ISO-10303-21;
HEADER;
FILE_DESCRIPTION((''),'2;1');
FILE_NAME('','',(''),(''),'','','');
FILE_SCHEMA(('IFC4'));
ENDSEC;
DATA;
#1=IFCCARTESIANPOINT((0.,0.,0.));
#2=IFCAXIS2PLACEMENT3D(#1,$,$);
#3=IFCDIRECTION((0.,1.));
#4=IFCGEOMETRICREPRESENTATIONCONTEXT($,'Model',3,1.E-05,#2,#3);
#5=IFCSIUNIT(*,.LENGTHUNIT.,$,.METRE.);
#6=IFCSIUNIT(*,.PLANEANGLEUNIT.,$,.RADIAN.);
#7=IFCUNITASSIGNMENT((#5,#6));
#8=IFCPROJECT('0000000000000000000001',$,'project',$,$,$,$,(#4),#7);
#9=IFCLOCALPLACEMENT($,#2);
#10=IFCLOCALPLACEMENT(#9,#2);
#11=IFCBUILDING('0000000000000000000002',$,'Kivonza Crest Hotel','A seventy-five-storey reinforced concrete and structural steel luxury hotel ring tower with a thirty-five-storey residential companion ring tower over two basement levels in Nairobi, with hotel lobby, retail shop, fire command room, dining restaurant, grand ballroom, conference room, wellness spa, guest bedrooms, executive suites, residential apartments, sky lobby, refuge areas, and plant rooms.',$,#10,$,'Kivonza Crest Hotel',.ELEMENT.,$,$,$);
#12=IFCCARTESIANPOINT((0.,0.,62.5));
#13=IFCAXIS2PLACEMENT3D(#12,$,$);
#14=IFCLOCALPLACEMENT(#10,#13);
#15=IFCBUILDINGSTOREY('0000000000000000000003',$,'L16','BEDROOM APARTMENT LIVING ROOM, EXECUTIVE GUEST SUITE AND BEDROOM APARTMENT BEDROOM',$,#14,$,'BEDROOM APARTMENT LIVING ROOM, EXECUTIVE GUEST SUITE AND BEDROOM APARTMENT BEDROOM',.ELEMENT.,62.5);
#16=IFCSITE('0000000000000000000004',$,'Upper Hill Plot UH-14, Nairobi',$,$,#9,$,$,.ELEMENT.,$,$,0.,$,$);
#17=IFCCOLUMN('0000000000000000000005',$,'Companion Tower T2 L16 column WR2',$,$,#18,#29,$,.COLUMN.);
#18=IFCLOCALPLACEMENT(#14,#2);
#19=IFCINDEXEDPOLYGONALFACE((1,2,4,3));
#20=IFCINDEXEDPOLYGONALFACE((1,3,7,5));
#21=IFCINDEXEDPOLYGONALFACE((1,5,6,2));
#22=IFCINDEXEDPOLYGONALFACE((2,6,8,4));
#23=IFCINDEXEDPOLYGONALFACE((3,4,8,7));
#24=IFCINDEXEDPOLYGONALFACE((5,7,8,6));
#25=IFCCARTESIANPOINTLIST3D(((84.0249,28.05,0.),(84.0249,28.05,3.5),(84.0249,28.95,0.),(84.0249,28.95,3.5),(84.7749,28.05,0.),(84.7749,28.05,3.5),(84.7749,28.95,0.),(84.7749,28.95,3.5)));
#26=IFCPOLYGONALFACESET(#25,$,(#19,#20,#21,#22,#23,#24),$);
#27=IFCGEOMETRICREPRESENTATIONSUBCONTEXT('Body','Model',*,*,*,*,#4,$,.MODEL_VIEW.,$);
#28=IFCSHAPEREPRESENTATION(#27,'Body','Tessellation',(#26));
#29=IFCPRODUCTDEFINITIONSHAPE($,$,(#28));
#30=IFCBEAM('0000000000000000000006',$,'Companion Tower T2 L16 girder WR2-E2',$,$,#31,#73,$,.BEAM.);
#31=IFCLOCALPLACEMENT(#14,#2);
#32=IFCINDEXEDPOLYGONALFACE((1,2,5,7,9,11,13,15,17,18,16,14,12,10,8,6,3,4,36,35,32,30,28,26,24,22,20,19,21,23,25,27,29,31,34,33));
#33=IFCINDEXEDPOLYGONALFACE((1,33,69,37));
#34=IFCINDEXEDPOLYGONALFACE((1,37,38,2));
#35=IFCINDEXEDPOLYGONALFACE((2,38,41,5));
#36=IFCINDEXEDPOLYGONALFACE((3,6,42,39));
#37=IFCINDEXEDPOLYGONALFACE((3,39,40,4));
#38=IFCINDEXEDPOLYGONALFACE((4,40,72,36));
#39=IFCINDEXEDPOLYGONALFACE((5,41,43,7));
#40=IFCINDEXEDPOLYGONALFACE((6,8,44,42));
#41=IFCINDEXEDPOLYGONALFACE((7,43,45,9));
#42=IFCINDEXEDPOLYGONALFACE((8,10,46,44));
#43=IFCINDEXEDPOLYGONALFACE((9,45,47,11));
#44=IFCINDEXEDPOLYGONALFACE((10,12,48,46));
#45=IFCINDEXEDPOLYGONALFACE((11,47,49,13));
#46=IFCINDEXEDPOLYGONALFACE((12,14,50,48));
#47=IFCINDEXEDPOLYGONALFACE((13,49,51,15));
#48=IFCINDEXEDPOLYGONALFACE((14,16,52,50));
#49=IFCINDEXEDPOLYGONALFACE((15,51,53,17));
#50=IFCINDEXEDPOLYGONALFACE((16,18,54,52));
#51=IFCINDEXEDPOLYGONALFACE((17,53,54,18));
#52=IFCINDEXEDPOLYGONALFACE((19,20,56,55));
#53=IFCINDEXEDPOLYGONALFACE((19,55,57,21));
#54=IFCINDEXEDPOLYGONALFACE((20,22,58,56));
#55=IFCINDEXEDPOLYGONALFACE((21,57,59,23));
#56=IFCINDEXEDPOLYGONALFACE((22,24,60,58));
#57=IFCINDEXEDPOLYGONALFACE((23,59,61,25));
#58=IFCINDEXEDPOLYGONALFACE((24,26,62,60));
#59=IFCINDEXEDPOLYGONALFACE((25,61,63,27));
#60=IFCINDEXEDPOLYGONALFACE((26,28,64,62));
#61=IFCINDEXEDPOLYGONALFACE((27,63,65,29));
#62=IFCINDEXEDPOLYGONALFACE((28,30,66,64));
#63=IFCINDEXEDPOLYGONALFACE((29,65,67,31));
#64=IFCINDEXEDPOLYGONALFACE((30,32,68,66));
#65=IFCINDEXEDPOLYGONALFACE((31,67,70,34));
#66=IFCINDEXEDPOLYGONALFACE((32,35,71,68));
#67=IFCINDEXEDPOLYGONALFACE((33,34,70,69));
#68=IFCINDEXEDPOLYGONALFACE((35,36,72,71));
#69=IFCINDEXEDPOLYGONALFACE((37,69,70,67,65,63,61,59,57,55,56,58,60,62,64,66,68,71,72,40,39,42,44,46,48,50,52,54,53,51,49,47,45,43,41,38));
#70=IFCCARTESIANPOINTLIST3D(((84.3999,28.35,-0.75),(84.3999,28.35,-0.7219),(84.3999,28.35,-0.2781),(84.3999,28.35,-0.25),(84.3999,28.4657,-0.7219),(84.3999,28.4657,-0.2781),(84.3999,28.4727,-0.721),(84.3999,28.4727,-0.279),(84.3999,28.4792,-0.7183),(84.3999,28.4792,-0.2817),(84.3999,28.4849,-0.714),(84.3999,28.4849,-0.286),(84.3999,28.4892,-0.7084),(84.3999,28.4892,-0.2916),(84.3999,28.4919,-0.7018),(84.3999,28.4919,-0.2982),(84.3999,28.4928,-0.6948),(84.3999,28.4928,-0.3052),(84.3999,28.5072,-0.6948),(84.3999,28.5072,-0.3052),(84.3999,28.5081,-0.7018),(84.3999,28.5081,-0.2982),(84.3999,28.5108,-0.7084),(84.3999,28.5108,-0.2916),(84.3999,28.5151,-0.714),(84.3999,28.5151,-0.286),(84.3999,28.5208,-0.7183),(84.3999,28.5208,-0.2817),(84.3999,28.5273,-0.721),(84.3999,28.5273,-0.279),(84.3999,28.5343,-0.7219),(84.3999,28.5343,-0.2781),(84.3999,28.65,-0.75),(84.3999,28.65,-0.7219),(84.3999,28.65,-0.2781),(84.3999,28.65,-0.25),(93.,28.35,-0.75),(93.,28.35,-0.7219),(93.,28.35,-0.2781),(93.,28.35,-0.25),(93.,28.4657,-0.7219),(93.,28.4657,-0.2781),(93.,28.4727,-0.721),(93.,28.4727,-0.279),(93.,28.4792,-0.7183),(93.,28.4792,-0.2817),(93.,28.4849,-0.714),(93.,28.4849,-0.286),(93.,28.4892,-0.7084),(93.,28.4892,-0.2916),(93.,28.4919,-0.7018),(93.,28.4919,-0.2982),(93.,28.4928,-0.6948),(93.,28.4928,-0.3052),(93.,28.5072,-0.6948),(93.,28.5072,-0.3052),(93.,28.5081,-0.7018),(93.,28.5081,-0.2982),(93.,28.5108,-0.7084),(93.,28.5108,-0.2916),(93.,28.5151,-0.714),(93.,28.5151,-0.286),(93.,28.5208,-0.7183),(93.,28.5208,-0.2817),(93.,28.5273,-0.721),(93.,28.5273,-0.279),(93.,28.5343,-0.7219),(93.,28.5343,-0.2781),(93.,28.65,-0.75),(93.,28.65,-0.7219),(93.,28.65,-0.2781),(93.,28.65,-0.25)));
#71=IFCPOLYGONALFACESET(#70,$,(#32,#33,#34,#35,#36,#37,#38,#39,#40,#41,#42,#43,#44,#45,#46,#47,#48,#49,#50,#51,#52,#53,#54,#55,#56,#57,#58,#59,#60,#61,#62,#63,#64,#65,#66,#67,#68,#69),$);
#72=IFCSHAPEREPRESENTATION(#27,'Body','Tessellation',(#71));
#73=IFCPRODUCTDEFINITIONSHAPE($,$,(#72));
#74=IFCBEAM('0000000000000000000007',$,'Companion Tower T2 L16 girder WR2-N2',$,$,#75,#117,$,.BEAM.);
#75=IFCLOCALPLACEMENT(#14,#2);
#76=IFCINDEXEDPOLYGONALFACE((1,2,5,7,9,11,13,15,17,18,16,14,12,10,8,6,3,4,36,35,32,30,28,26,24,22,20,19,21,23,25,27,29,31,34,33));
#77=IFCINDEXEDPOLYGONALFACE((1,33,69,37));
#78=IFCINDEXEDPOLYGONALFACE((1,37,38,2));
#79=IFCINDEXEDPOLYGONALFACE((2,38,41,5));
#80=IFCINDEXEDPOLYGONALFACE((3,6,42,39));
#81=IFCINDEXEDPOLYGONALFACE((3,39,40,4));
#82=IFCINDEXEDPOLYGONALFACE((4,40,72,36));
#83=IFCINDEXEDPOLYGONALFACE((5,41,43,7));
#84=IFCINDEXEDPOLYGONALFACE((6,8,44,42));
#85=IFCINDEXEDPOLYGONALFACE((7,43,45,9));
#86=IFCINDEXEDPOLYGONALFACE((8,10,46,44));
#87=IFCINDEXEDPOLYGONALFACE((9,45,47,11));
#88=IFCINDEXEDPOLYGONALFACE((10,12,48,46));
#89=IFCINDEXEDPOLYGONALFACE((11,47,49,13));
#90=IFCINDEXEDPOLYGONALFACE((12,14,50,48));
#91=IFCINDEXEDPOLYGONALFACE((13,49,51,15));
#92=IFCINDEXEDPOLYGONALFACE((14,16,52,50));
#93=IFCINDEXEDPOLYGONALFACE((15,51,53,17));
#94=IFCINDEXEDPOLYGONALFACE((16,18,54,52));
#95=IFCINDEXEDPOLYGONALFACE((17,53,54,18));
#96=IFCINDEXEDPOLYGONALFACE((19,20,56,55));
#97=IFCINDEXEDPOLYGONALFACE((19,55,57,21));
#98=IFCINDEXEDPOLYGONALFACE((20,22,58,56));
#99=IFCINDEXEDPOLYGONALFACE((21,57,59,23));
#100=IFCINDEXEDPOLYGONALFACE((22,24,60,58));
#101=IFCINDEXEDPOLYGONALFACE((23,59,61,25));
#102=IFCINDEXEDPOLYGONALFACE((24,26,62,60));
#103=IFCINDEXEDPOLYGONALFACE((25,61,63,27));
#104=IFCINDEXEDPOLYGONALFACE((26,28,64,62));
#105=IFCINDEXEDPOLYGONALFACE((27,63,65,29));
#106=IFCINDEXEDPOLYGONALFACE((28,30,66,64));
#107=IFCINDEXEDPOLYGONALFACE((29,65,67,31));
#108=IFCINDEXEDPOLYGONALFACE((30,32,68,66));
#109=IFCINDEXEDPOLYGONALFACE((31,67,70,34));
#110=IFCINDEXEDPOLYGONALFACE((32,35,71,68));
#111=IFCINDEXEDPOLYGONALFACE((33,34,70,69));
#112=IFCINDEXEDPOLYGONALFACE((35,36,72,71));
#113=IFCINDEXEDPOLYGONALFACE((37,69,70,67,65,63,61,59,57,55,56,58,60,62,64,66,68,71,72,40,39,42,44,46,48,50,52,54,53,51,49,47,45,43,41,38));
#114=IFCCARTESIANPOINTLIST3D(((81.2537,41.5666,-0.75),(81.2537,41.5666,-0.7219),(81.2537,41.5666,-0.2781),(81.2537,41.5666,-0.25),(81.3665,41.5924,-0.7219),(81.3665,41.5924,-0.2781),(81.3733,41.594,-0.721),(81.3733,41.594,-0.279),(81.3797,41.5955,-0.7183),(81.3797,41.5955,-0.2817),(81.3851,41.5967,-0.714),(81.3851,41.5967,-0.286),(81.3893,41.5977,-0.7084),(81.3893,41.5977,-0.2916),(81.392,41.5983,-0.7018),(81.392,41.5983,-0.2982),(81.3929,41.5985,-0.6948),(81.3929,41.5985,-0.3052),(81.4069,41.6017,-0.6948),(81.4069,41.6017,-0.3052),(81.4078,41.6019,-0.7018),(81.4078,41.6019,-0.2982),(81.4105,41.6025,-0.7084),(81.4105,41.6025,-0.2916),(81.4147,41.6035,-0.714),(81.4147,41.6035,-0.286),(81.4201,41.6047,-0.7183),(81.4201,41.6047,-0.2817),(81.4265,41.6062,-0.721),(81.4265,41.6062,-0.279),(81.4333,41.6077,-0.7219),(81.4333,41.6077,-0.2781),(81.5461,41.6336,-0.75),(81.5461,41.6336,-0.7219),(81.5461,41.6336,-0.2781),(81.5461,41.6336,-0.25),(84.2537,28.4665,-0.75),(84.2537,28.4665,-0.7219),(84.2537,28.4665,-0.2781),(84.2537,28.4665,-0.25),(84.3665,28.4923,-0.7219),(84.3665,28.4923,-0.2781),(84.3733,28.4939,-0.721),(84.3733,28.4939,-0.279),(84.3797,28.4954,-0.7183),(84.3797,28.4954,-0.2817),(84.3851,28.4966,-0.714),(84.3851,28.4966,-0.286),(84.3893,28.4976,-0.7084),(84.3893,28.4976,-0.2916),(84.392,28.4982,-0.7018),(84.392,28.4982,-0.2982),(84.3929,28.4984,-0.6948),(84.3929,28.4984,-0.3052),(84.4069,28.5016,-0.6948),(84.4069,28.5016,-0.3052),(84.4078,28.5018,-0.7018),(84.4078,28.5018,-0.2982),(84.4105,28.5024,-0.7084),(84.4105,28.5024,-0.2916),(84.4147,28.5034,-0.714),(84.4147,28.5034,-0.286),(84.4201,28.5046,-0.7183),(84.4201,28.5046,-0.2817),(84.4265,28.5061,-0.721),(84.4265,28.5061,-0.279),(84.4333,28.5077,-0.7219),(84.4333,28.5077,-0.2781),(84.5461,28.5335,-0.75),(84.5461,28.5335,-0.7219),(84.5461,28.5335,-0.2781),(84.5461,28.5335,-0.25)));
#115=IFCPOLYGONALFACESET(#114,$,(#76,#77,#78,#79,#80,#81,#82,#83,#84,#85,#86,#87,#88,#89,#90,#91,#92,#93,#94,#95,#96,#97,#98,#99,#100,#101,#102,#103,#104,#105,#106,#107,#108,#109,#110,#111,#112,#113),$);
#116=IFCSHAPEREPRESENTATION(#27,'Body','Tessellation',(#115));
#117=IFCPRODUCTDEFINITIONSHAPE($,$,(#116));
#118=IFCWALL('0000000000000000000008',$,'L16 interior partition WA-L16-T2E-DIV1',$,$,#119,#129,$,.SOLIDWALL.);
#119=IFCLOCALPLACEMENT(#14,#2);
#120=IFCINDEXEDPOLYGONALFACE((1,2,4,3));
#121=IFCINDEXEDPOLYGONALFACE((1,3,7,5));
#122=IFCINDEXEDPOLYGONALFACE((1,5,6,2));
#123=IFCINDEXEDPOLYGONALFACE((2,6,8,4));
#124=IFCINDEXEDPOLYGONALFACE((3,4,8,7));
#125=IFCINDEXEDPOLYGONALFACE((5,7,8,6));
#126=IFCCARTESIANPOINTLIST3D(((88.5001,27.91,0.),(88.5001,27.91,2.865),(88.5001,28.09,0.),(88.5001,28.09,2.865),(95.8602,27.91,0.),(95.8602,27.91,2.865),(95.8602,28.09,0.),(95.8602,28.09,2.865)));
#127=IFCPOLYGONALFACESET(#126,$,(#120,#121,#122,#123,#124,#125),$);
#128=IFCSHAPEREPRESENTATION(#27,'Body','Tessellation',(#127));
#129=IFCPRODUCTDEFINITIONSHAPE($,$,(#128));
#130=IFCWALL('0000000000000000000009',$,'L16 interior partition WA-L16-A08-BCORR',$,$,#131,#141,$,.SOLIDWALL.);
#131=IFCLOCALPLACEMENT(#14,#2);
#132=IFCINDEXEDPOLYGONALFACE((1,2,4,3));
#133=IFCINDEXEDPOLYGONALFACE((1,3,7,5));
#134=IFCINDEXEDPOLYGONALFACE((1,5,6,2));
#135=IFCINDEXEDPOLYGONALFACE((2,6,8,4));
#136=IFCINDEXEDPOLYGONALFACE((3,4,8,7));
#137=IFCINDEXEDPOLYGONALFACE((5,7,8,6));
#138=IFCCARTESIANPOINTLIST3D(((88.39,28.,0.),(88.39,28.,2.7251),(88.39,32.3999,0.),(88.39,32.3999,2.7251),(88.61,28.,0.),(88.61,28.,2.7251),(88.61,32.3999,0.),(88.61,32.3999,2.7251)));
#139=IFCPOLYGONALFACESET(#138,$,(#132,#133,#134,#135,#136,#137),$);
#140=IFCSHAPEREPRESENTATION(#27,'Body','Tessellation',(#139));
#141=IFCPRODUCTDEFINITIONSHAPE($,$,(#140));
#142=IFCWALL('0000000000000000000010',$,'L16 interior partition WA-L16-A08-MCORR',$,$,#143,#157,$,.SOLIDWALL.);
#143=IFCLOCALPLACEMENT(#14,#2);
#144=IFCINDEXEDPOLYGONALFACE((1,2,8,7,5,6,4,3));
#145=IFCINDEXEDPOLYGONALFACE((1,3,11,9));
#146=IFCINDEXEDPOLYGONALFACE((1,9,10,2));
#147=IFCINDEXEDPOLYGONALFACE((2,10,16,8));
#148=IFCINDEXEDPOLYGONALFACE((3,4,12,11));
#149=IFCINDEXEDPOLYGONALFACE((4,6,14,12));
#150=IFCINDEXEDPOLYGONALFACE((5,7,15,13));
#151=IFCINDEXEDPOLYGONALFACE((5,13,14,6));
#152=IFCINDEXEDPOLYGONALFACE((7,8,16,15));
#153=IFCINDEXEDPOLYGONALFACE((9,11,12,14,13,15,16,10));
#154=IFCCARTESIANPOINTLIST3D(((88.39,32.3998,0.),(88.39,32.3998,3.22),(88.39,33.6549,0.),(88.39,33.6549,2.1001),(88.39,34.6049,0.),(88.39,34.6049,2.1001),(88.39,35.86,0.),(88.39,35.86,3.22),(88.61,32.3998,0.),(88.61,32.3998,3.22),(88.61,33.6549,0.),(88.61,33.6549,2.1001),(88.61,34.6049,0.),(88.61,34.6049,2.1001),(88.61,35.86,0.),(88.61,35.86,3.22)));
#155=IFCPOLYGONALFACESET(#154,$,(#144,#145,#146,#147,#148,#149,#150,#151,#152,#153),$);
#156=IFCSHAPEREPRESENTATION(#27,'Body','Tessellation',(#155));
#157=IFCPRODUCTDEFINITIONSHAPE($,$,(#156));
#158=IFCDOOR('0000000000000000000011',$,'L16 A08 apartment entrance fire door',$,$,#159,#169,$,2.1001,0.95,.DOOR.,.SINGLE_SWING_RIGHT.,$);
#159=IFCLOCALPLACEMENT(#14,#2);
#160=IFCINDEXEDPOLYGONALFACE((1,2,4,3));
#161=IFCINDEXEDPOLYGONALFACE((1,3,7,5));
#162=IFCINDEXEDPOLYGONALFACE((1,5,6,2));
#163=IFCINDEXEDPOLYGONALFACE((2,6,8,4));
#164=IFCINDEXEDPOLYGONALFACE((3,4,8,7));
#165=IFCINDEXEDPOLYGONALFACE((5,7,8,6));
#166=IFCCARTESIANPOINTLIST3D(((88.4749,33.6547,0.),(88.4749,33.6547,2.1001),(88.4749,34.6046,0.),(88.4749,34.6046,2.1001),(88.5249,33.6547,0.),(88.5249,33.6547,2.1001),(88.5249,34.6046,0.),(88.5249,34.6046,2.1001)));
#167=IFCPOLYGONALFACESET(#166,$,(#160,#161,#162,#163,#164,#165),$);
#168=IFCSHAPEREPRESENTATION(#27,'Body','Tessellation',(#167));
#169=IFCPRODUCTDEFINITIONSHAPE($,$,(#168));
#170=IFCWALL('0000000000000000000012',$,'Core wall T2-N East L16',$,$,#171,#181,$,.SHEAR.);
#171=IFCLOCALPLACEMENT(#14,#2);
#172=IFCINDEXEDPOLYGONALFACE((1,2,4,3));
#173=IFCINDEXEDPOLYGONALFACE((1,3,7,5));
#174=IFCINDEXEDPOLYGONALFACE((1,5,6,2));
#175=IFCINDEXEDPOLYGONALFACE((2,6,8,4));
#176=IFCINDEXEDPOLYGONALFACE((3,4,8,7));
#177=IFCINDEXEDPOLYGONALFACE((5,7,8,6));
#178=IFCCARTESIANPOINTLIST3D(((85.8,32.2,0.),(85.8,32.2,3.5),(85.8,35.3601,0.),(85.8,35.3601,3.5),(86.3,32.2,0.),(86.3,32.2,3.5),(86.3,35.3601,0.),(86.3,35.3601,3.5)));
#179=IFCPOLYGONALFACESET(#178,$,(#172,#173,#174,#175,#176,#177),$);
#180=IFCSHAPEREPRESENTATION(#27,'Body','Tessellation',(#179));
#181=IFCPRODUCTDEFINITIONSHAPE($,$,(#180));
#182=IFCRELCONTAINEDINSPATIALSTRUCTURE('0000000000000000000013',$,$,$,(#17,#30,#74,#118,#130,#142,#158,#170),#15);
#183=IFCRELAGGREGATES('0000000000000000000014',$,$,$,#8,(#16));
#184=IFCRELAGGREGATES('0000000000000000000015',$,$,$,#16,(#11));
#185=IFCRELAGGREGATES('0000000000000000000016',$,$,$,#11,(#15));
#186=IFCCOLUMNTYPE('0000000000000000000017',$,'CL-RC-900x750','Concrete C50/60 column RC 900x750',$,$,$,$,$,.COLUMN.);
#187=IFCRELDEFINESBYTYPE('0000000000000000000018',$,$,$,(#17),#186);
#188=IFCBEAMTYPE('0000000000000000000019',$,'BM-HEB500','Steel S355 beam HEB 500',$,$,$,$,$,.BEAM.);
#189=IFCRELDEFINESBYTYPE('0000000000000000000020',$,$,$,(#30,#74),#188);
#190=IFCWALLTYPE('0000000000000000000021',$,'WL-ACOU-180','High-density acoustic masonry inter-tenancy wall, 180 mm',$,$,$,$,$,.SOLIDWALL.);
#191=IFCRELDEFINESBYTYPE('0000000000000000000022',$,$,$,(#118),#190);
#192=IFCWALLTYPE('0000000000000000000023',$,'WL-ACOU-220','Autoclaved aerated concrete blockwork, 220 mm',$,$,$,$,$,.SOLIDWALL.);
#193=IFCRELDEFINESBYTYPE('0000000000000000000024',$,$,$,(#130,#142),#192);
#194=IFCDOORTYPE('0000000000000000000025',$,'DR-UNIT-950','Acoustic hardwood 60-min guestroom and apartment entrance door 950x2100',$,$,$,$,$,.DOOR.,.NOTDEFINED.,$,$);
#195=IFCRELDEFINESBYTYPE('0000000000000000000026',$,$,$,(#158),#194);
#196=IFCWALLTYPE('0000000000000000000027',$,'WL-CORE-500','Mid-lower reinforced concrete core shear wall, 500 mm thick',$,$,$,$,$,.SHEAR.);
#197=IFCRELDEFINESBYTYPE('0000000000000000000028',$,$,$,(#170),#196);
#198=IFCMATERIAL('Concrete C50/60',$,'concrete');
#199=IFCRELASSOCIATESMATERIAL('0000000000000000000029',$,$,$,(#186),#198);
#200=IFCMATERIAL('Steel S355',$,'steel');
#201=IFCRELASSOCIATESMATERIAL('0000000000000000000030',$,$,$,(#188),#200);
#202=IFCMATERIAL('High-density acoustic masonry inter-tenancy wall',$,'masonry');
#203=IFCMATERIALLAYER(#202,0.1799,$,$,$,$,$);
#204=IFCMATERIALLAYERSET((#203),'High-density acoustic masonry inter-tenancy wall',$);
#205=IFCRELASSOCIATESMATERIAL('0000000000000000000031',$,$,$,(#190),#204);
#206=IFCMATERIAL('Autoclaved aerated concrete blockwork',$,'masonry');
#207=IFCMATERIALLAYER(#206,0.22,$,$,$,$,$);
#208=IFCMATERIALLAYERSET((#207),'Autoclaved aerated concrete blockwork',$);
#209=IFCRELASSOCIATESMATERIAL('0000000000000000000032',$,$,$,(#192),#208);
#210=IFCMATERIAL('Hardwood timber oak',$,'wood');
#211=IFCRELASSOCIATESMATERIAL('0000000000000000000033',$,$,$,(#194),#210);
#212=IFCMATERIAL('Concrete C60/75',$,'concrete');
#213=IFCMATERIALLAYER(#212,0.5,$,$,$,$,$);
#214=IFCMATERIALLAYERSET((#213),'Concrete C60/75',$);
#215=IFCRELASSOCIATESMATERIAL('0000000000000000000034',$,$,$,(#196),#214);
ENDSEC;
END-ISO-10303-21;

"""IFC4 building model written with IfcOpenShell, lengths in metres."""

from ifc_helpers import new_model, si_unit, direction, frame, frame_2d, origin, origin_2d, place, context, subcontext, project, spatial, rectangle, i_section, extrude, material, layer, layer_set, material_profile, profile_set, type_object, element, fill, save


model = new_model("IFC4")

# Units and contexts
model_context = context("Model", 3, precision=1e-05, world=origin(), true_north=direction((0.0, 1.0)))
body_context = subcontext(model_context, "Body", "Model", "MODEL_VIEW")
ifc_project = project(units=[si_unit("LENGTHUNIT", "METRE"), si_unit("PLANEANGLEUNIT", "RADIAN")], contexts=[model_context])

# Site, building, storey
site_placement = place(None, origin())
site = spatial("IfcSite", under=ifc_project, at=site_placement, Name="Upper Hill Plot UH-14, Nairobi", CompositionType="ELEMENT", RefElevation=0.0)
building_placement = place(site_placement, origin())
building = spatial("IfcBuilding", under=site, at=building_placement, Name="Kivonza Crest Hotel", Description="A seventy-five-storey reinforced concrete and structural steel luxury hotel ring tower with a thirty-five-storey residential companion ring tower over two basement levels in Nairobi, with hotel lobby, retail shop, fire command room, dining restaurant, grand ballroom, conference room, wellness spa, guest bedrooms, executive suites, residential apartments, sky lobby, refuge areas, and plant rooms.", LongName="Kivonza Crest Hotel", CompositionType="ELEMENT")
storey_placement = place(building_placement, frame((0.0, 0.0, 62.5)))
storey = spatial("IfcBuildingStorey", under=building, at=storey_placement, Name="L16", Description="BEDROOM APARTMENT LIVING ROOM, EXECUTIVE GUEST SUITE AND BEDROOM APARTMENT BEDROOM", LongName="BEDROOM APARTMENT LIVING ROOM, EXECUTIVE GUEST SUITE AND BEDROOM APARTMENT BEDROOM", CompositionType="ELEMENT", Elevation=62.5)

# Column
ifc_material_1 = material(Name="Concrete C50/60", Category="concrete")
ifc_material_profile_1 = material_profile(ifc_material_1, rectangle(XDim=0.75, YDim=0.8999, at=origin_2d()), Name="RC 900x750")
ifc_profile_set_1 = profile_set([ifc_material_profile_1], Name="Concrete C50/60")
column_type = type_object("IfcColumnType", Name="CL-RC-900x750", Description="Concrete C50/60 column RC 900x750", PredefinedType="COLUMN", material=ifc_profile_set_1)
column_placement = place(storey_placement, frame((84.3999, 28.5, 0.0), z_axis=(0.0, 0.0, 1.0), x_axis=(1.0, 0.0, 0.0)))
element("IfcColumn", 1, at=column_placement, inside=storey, type_object=column_type, Name="Companion Tower T2 L16 column WR2", PredefinedType="COLUMN", context=body_context, shape_type="SweptSolid", body=[
    extrude(rectangle(XDim=0.75, YDim=0.8999, at=origin_2d()), origin(), (0.0, 0.0, 1.0), 3.5),
])

# Beams
ifc_material_2 = material(Name="Steel S355", Category="steel")
ifc_material_profile_2 = material_profile(ifc_material_2, i_section(OverallWidth=0.3, OverallDepth=0.5, WebThickness=0.0144, FlangeThickness=0.0281, FilletRadius=0.0271, at=origin_2d()), Name="HEB 500")
ifc_profile_set_2 = profile_set([ifc_material_profile_2], Name="Steel S355")
beam_type = type_object("IfcBeamType", Name="BM-HEB500", Description="Steel S355 beam HEB 500", PredefinedType="BEAM", material=ifc_profile_set_2)
beam_1_placement = place(storey_placement, frame((84.3999, 28.5, -0.5), z_axis=(1.0, 0.0, 0.0), x_axis=(0.0, 1.0, 0.0)))
element("IfcBeam", 2, at=beam_1_placement, inside=storey, type_object=beam_type, Name="Companion Tower T2 L16 girder WR2-E2", PredefinedType="BEAM", context=body_context, shape_type="SweptSolid", body=[
    extrude(i_section(OverallWidth=0.3, OverallDepth=0.5, WebThickness=0.0144, FlangeThickness=0.0281, FilletRadius=0.0271, at=origin_2d()), origin(), (0.0, 0.0, 1.0), 8.6001),
])
beam_2_placement = place(storey_placement, frame((84.3999, 28.5, -0.5), z_axis=(-0.223227, 0.974766, 0.0), x_axis=(-0.974766, -0.223227, 0.0)))
element("IfcBeam", 3, at=beam_2_placement, inside=storey, type_object=beam_type, Name="Companion Tower T2 L16 girder WR2-N2", PredefinedType="BEAM", context=body_context, shape_type="SweptSolid", body=[
    extrude(i_section(OverallWidth=0.3, OverallDepth=0.5, WebThickness=0.0144, FlangeThickness=0.0281, FilletRadius=0.0271, at=origin_2d()), origin(), (0.0, 0.0, 1.0), 13.4392),
])

# Walls
ifc_material_3 = material(Name="High-density acoustic masonry inter-tenancy wall", Category="masonry")
ifc_layer_1 = layer(ifc_material_3, 0.1799)
ifc_layer_set_1 = layer_set([ifc_layer_1], Name="High-density acoustic masonry inter-tenancy wall")
wall_type_1 = type_object("IfcWallType", Name="WL-ACOU-180", Description="High-density acoustic masonry inter-tenancy wall, 180 mm", PredefinedType="SOLIDWALL", material=ifc_layer_set_1)
wall_1_placement = place(storey_placement, frame((88.5, 28.0, 0.0), z_axis=(0.0, 0.0, 1.0), x_axis=(1.0, 0.0, 0.0)))
element("IfcWall", 4, at=wall_1_placement, inside=storey, type_object=wall_type_1, Name="L16 interior partition WA-L16-T2E-DIV1", PredefinedType="SOLIDWALL", context=body_context, shape_type="SweptSolid", body=[
    extrude(rectangle(XDim=7.3601, YDim=0.1799, at=frame_2d((3.6802, 0.0))), origin(), (0.0, 0.0, 1.0), 2.865),
])
ifc_material_4 = material(Name="Autoclaved aerated concrete blockwork", Category="masonry")
ifc_layer_2 = layer(ifc_material_4, 0.22)
ifc_layer_set_2 = layer_set([ifc_layer_2], Name="Autoclaved aerated concrete blockwork")
wall_type_2 = type_object("IfcWallType", Name="WL-ACOU-220", Description="Autoclaved aerated concrete blockwork, 220 mm", PredefinedType="SOLIDWALL", material=ifc_layer_set_2)
wall_2_placement = place(storey_placement, frame((88.5, 28.0, 0.0), z_axis=(0.0, 0.0, 1.0), x_axis=(0.0, 1.0, 0.0)))
element("IfcWall", 5, at=wall_2_placement, inside=storey, type_object=wall_type_2, Name="L16 interior partition WA-L16-A08-BCORR", PredefinedType="SOLIDWALL", context=body_context, shape_type="SweptSolid", body=[
    extrude(rectangle(XDim=4.3999, YDim=0.22, at=frame_2d((2.2, 0.0))), origin(), (0.0, 0.0, 1.0), 2.7251),
])

# Wall, opening, door
wall_3_placement = place(storey_placement, frame((88.5, 32.3999, 0.0), z_axis=(0.0, 0.0, 1.0), x_axis=(0.0, 1.0, 0.0)))
wall_3 = element("IfcWall", 6, at=wall_3_placement, inside=storey, type_object=wall_type_2, Name="L16 interior partition WA-L16-A08-MCORR", PredefinedType="SOLIDWALL", context=body_context, shape_type="SweptSolid", body=[
    extrude(rectangle(XDim=3.4602, YDim=0.22, at=frame_2d((1.73, 0.0))), origin(), (0.0, 0.0, 1.0), 3.22),
])
opening_1_placement = place(wall_3_placement, frame((1.2549, 0.0, 0.0)))
opening_1 = element("IfcOpeningElement", 7, at=opening_1_placement, cuts=wall_3, PredefinedType="OPENING", context=body_context, shape_type="SweptSolid", body=[
    extrude(rectangle(XDim=0.95, YDim=2.1001, at=frame_2d((0.4751, 1.05))), frame((0.0, 0.1201, 0.0), z_axis=(0.0, -1.0, 0.0), x_axis=(1.0, 0.0, 0.0)), (0.0, 0.0, 1.0), 0.24),
])
ifc_material_5 = material(Name="Hardwood timber oak", Category="wood")
door_type_1 = type_object("IfcDoorType", Name="DR-UNIT-950", Description="Acoustic hardwood 60-min guestroom and apartment entrance door 950x2100", OperationType="NOTDEFINED", PredefinedType="DOOR", material=ifc_material_5)
door_1_placement = place(opening_1_placement, frame((0.95, 0.0, 0.0), z_axis=(0.0, 0.0, 1.0), x_axis=(-1.0, 0.0, 0.0)))
door_1 = element("IfcDoor", 8, at=door_1_placement, inside=storey, type_object=door_type_1, Name="L16 A08 apartment entrance fire door", OperationType="SINGLE_SWING_RIGHT", OverallHeight=2.1001, OverallWidth=0.95, PredefinedType="DOOR", context=body_context, shape_type="SweptSolid", body=[
    extrude(rectangle(XDim=0.95, YDim=2.1001, at=frame_2d((0.4751, 1.05))), frame((0.0, 0.0249, 0.0), z_axis=(0.0, -1.0, 0.0), x_axis=(1.0, 0.0, 0.0)), (0.0, 0.0, 1.0), 0.05),
])
fill(opening_1, door_1)

# Wall
ifc_material_6 = material(Name="Concrete C60/75", Category="concrete")
ifc_layer_3 = layer(ifc_material_6, 0.5)
ifc_layer_set_3 = layer_set([ifc_layer_3], Name="Concrete C60/75")
wall_type_3 = type_object("IfcWallType", Name="WL-CORE-500", Description="Mid-lower reinforced concrete core shear wall, 500 mm thick", PredefinedType="SHEAR", material=ifc_layer_set_3)
wall_4_placement = place(storey_placement, frame((86.05, 32.2, 0.0), z_axis=(0.0, 0.0, 1.0), x_axis=(0.0, 1.0, 0.0)))
element("IfcWall", 9, at=wall_4_placement, inside=storey, type_object=wall_type_3, Name="Core wall T2-N East L16", PredefinedType="SHEAR", context=body_context, shape_type="SweptSolid", body=[
    extrude(rectangle(XDim=3.1602, YDim=0.5, at=frame_2d((1.5801, 0.0))), origin(), (0.0, 0.0, 1.0), 3.5),
])

save(model, "model.ifc")
